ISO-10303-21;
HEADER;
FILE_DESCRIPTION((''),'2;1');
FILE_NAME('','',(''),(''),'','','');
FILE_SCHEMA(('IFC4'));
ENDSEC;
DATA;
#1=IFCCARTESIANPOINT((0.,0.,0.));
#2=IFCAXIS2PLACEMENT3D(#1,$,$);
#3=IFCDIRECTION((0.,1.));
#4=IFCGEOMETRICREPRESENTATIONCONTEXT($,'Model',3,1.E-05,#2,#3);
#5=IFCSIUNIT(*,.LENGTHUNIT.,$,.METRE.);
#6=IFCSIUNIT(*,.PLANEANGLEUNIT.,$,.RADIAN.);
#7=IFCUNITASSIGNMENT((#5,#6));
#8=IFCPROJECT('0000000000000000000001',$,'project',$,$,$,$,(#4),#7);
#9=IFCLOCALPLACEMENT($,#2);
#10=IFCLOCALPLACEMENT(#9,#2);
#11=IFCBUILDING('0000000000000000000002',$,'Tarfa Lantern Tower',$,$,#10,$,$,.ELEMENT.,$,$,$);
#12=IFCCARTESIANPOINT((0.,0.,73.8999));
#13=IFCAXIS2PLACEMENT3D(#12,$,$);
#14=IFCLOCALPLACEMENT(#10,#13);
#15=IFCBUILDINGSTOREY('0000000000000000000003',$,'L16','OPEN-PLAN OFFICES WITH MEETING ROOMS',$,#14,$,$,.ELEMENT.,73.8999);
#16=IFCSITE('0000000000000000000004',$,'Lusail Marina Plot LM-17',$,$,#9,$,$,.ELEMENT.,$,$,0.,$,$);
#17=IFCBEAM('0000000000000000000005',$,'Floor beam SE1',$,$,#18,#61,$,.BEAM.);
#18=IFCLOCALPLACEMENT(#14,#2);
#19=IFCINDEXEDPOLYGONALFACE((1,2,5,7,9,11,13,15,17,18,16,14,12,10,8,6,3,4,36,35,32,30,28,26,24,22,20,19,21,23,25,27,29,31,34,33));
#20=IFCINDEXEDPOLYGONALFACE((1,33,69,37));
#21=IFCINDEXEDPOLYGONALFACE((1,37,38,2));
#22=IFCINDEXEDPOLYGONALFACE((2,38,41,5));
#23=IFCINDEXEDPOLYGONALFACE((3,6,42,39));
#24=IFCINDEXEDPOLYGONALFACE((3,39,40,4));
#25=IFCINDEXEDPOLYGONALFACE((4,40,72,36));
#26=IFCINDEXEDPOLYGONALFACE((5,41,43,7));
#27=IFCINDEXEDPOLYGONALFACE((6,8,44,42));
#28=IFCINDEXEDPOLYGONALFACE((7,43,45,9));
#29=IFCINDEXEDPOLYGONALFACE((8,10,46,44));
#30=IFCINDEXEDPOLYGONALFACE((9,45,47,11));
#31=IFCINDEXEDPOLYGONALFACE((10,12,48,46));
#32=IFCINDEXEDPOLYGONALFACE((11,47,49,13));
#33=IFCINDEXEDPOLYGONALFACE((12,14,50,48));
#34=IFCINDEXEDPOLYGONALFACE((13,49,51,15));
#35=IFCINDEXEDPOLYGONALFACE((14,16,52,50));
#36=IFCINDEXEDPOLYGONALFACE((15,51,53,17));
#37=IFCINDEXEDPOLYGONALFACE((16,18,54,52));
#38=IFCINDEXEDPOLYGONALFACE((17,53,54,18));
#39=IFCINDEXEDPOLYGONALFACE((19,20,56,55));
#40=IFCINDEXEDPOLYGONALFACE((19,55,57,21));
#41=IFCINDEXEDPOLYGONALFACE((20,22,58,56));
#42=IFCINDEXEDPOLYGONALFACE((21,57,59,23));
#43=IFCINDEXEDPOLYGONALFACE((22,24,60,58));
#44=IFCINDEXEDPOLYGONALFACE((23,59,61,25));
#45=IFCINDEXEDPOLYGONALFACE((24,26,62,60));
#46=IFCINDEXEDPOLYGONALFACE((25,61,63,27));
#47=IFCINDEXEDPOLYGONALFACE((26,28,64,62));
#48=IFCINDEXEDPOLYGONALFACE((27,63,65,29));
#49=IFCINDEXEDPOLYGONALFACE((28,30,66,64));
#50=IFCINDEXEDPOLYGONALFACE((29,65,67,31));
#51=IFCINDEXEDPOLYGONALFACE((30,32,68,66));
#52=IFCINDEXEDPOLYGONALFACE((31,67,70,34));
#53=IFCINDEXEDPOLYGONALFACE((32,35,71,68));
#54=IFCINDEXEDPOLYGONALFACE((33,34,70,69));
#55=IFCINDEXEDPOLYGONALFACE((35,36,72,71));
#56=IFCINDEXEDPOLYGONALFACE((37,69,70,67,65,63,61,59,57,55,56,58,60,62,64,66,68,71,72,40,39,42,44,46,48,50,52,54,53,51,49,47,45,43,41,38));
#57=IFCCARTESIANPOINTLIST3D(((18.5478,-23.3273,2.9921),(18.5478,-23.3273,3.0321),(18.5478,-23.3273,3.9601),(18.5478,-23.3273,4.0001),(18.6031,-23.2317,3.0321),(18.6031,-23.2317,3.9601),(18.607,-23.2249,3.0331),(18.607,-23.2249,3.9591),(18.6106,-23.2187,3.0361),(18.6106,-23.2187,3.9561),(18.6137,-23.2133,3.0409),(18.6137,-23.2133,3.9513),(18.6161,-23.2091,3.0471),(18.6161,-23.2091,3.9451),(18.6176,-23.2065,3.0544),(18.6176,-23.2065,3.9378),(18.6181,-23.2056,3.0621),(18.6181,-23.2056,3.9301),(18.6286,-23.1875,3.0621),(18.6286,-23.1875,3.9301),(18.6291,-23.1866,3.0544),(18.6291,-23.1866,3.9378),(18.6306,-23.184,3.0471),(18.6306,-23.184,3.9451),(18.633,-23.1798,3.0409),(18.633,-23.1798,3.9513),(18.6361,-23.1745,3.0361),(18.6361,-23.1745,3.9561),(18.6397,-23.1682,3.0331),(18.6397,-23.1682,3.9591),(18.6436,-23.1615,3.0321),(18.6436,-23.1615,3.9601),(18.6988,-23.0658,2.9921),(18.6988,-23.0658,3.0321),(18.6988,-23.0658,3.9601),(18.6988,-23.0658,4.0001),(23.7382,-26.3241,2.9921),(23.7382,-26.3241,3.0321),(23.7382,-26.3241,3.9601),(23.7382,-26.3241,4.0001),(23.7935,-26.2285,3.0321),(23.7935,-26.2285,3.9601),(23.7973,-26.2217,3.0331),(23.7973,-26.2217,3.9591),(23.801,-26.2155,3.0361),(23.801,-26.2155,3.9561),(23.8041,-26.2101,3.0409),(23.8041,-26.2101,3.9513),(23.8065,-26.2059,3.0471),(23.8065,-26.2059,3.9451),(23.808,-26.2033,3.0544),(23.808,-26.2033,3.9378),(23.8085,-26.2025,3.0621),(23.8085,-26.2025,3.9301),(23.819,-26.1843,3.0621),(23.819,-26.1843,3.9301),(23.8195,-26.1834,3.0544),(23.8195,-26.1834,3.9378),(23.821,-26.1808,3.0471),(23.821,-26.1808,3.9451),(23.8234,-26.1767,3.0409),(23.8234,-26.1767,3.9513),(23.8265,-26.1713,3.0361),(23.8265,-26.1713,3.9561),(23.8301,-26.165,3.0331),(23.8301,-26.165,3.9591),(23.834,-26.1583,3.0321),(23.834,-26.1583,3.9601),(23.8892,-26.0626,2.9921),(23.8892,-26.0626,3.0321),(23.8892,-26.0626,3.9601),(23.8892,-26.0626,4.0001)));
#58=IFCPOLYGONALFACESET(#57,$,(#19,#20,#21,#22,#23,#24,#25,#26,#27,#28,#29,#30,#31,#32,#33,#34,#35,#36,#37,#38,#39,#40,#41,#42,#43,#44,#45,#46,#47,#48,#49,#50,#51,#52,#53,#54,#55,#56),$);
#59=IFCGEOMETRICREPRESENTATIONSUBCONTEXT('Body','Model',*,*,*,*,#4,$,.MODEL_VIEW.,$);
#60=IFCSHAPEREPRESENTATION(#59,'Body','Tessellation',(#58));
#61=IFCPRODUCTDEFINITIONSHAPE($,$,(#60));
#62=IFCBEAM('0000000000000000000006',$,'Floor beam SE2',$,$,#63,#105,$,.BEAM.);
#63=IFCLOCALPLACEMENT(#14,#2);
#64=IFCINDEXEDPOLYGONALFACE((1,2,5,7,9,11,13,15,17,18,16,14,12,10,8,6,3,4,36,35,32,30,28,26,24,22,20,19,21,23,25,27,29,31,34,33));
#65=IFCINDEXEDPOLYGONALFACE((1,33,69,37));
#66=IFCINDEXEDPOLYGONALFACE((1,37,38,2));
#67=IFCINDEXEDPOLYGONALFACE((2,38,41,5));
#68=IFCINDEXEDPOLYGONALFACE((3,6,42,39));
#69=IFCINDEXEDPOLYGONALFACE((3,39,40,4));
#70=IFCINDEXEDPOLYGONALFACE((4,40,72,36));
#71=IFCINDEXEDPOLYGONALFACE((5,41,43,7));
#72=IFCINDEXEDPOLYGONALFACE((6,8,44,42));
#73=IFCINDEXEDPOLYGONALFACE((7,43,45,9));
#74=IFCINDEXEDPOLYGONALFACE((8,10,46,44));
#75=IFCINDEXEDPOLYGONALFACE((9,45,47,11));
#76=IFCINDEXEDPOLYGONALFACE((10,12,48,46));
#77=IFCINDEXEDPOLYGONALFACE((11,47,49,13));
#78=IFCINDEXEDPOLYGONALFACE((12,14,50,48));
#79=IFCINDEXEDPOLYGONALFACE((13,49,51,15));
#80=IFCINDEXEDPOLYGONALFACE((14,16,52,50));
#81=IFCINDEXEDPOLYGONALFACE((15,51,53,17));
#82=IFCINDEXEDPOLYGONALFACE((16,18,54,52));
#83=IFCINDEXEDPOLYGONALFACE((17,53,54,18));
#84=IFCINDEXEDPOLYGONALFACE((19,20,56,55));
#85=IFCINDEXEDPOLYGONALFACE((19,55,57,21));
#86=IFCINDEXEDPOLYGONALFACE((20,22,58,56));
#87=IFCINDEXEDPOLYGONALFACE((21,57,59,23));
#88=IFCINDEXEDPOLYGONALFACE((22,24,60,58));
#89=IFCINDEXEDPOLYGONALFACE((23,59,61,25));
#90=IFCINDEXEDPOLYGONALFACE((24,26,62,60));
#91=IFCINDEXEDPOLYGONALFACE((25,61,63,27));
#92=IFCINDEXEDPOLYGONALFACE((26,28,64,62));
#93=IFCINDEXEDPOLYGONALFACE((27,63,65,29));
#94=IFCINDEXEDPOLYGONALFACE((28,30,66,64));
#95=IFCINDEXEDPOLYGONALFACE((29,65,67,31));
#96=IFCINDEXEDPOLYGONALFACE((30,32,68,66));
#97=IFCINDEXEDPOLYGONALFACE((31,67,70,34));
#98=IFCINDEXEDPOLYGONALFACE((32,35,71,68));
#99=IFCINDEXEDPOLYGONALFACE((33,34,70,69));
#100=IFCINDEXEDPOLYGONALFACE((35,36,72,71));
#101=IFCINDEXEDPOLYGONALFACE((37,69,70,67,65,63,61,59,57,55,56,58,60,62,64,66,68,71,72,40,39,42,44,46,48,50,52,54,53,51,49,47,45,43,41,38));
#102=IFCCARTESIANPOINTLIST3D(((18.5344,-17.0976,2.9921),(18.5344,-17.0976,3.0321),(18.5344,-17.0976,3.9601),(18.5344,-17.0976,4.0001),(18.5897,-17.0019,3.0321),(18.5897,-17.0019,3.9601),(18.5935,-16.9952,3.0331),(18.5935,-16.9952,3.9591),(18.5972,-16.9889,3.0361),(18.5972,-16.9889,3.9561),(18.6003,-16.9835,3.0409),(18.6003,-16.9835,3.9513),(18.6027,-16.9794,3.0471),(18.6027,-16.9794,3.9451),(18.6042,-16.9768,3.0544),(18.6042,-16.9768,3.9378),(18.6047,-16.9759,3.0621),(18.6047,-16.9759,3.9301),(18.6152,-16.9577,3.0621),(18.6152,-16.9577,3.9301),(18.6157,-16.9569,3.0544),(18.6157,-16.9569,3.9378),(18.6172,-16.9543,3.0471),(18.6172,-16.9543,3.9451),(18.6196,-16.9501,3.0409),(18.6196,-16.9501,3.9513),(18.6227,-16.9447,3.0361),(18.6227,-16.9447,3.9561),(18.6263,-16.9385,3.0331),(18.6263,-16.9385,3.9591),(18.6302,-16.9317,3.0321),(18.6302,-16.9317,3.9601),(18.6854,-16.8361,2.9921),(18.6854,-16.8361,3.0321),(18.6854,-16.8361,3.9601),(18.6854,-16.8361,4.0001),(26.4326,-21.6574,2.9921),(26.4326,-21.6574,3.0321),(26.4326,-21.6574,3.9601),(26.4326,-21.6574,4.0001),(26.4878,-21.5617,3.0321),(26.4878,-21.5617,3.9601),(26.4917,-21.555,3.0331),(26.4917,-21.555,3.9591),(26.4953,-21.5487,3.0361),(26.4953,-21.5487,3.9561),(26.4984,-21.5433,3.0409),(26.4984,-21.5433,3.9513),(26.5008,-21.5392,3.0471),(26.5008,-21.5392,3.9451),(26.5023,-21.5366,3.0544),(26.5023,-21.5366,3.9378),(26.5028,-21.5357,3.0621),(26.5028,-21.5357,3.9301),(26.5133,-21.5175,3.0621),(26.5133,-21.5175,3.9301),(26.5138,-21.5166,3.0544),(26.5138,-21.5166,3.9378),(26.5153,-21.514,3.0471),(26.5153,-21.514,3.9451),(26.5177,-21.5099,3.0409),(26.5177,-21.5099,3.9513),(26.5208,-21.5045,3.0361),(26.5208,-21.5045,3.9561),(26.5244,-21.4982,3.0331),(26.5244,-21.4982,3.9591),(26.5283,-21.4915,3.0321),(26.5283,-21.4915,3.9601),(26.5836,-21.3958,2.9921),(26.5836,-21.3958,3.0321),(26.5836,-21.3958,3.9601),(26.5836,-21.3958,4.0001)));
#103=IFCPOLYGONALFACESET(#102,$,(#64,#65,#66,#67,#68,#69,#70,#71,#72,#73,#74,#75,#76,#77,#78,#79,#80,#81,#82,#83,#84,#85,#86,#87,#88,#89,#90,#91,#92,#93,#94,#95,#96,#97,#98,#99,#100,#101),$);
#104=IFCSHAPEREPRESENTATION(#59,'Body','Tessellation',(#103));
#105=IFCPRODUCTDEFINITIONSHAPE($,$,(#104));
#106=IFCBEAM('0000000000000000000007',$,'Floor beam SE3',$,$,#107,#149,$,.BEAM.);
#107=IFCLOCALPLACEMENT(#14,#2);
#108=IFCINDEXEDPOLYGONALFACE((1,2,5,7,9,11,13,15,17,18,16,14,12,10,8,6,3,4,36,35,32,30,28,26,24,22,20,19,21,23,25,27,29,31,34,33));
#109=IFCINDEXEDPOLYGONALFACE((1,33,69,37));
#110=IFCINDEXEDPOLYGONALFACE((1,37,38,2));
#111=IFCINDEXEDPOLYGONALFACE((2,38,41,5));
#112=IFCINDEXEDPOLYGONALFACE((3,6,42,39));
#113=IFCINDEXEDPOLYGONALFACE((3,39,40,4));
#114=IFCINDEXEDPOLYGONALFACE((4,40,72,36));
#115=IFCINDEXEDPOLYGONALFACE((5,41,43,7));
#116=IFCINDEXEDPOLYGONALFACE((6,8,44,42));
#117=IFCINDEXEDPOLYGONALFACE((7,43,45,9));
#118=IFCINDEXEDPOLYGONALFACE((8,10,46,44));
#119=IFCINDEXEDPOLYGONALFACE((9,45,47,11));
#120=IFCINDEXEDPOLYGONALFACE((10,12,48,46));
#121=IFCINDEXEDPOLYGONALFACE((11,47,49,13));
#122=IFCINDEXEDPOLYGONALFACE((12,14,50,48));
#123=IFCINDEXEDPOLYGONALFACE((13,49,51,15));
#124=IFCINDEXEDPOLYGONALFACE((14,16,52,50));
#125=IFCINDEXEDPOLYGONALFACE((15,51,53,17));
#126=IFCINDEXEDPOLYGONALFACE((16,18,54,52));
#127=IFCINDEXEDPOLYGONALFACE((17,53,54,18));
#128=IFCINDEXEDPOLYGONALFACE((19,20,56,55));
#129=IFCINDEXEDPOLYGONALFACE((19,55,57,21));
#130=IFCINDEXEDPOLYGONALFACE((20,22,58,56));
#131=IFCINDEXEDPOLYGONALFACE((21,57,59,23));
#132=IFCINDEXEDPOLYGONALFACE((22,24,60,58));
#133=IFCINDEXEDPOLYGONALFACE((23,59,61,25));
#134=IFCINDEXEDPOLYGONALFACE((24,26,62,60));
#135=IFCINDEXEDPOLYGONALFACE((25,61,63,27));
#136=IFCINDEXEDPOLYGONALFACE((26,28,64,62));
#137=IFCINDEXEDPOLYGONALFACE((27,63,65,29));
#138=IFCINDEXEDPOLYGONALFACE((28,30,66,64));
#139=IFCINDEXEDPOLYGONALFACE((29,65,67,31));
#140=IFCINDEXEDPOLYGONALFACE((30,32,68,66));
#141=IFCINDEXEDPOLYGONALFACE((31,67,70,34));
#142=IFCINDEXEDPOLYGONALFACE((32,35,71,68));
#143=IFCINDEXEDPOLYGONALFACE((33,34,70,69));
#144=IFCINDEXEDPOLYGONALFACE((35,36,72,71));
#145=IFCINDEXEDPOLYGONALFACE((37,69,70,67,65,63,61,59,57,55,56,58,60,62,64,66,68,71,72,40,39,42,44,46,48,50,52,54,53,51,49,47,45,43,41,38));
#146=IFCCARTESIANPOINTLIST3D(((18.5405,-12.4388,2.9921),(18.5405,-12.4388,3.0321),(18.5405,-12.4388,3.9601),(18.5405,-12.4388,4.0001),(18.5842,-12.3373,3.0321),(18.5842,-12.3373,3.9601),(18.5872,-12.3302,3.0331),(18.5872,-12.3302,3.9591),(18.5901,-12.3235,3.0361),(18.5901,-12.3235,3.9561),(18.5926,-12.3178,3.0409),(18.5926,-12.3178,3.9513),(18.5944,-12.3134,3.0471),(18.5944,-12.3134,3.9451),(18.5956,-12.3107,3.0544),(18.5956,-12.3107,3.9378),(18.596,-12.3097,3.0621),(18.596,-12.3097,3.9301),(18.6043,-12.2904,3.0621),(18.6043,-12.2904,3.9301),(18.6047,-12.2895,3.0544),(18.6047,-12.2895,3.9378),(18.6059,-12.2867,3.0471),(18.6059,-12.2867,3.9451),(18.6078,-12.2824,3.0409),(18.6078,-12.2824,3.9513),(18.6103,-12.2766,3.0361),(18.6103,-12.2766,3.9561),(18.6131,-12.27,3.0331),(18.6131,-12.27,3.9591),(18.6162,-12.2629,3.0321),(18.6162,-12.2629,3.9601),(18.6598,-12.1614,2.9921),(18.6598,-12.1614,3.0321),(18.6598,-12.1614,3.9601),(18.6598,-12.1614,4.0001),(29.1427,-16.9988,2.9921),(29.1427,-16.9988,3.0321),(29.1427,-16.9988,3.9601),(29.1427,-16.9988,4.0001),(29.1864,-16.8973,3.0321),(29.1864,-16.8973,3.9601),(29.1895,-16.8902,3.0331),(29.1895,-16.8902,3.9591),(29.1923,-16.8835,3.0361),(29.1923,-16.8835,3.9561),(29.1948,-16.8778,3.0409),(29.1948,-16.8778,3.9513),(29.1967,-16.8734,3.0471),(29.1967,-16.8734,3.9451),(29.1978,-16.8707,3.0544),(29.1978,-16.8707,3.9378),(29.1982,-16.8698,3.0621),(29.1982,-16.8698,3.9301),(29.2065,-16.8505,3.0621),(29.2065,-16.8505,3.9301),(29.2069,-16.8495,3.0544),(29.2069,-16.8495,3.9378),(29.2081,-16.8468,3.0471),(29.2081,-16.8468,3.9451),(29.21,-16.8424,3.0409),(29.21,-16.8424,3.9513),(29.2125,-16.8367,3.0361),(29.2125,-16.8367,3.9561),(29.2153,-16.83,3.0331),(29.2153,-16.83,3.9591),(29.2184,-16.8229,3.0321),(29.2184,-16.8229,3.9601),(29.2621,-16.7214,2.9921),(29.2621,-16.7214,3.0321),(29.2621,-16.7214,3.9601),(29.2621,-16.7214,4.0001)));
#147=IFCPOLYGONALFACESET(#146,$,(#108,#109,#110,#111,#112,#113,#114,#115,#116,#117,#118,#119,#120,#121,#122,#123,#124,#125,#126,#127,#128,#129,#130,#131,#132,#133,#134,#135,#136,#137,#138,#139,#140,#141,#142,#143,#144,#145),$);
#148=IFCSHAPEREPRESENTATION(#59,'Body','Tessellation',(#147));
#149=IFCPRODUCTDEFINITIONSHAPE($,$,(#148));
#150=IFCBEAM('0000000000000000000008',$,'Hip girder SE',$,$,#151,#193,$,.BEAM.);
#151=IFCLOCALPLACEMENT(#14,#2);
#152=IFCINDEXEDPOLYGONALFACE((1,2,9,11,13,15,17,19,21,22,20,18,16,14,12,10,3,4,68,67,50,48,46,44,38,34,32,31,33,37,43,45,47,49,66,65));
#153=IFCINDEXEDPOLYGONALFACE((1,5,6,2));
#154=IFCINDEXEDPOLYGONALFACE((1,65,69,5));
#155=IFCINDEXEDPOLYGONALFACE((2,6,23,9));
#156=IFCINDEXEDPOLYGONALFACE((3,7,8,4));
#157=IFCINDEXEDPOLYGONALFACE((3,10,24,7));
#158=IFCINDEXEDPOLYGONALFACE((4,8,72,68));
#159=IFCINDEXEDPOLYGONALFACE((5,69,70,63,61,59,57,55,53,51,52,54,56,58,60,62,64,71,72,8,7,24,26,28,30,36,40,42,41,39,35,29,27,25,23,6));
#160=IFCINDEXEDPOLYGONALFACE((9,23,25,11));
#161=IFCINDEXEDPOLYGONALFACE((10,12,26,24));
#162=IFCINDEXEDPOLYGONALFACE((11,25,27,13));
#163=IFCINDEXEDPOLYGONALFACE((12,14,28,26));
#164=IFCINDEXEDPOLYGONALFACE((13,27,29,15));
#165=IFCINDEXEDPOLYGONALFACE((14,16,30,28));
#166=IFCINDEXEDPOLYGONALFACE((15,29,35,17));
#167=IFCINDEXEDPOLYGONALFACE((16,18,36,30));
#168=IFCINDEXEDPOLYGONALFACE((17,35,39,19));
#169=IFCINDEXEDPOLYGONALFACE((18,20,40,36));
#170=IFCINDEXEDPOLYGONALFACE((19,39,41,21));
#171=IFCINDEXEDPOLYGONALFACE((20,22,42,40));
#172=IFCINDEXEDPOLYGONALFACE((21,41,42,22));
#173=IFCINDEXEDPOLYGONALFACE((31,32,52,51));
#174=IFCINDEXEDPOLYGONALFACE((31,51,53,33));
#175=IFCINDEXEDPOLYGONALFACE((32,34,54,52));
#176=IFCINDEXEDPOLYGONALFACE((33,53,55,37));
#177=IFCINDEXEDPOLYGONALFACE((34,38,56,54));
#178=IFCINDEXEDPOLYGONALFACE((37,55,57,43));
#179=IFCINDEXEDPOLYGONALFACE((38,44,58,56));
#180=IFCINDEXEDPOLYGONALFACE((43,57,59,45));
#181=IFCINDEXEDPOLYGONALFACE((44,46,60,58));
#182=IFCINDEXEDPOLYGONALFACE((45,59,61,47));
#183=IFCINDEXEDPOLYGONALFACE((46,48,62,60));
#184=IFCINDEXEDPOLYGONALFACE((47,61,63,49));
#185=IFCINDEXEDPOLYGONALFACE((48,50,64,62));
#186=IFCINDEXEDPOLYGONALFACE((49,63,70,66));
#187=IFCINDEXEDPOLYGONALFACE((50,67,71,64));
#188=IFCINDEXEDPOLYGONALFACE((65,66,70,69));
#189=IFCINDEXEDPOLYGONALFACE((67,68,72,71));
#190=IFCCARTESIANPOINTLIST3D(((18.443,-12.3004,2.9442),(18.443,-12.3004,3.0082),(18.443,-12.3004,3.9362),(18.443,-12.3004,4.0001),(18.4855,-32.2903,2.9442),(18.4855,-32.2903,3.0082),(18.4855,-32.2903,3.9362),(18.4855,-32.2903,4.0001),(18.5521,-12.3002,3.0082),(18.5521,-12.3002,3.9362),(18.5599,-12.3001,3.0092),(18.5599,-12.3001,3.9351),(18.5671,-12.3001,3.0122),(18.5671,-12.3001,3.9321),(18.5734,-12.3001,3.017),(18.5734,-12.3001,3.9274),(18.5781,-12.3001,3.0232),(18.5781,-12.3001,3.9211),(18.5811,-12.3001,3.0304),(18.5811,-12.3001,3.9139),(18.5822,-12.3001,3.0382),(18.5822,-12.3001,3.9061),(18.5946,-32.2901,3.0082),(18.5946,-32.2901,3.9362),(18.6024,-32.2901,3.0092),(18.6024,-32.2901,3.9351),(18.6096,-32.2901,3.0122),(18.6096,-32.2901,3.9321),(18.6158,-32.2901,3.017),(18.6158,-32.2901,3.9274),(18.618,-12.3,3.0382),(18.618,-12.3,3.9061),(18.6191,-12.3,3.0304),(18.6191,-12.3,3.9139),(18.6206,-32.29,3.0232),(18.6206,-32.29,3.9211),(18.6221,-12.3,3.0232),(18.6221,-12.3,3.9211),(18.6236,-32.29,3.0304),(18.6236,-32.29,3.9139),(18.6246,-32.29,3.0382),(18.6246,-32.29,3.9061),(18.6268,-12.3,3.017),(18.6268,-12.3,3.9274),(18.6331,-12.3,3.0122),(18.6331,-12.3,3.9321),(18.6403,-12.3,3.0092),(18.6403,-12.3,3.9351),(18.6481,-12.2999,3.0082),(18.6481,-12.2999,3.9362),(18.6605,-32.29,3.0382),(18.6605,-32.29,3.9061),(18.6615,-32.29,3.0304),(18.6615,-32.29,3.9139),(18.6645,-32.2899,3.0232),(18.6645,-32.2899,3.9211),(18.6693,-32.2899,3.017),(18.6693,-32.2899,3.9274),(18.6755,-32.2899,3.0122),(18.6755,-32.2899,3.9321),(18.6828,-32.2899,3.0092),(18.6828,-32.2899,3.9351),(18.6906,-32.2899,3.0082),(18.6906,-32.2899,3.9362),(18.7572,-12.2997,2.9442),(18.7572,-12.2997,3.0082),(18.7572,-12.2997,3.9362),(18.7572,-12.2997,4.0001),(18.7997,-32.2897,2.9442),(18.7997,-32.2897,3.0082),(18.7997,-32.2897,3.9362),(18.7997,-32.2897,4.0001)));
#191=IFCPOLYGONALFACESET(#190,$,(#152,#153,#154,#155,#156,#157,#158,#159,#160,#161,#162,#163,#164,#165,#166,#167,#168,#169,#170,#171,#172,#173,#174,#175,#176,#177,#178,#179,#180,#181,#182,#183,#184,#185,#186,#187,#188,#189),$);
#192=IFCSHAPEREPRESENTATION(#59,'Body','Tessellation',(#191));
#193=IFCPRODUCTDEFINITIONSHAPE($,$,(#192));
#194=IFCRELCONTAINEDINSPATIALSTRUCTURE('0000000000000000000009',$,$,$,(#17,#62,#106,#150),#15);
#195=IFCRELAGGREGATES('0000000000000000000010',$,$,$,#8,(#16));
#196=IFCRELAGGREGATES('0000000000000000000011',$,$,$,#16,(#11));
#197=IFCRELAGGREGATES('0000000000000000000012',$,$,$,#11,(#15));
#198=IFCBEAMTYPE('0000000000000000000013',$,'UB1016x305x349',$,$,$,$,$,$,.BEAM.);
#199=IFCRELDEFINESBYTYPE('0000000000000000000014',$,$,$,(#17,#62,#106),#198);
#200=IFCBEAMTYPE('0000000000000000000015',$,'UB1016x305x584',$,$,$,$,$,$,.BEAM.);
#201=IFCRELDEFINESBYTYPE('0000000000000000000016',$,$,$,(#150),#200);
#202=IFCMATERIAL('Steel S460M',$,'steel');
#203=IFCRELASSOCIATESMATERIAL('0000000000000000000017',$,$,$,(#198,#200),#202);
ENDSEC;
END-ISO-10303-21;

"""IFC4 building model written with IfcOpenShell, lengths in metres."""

from ifc_helpers import new_model, si_unit, direction, frame, origin, origin_2d, place, context, subcontext, project, spatial, i_section, extrude, material, material_profile, profile_set, type_object, element, save


model = new_model("IFC4")

# Units and contexts
model_context = context("Model", 3, precision=1e-05, world=origin(), true_north=direction((0.0, 1.0)))
body_context = subcontext(model_context, "Body", "Model", "MODEL_VIEW")
ifc_project = project(units=[si_unit("LENGTHUNIT", "METRE"), si_unit("PLANEANGLEUNIT", "RADIAN")], contexts=[model_context])

# Site, building, storey
site_placement = place(None, origin())
site = spatial("IfcSite", under=ifc_project, at=site_placement, Name="Lusail Marina Plot LM-17", CompositionType="ELEMENT", RefElevation=0.0)
building_placement = place(site_placement, origin())
building = spatial("IfcBuilding", under=site, at=building_placement, Name="Tarfa Lantern Tower", CompositionType="ELEMENT")
storey_placement = place(building_placement, frame((0.0, 0.0, 73.8999)))
storey = spatial("IfcBuildingStorey", under=building, at=storey_placement, Name="L16", Description="OPEN-PLAN OFFICES WITH MEETING ROOMS", CompositionType="ELEMENT", Elevation=73.8999)

# Beams
ifc_material_1 = material(Name="Steel S460M", Category="steel")
ifc_material_profile_1 = material_profile(ifc_material_1, i_section(OverallWidth=0.302, OverallDepth=1.0081, WebThickness=0.021, FlangeThickness=0.04, FilletRadius=0.03, at=origin_2d()), Name="UB1016x305x349")
ifc_profile_set_1 = profile_set([ifc_material_profile_1], Name="Steel S460M")
beam_type_1 = type_object("IfcBeamType", Name="UB1016x305x349", PredefinedType="BEAM", material=ifc_profile_set_1)
beam_1_placement = place(storey_placement, frame((23.8137, -26.1934, 3.4961), z_axis=(-0.866016, 0.500016, 0.0), x_axis=(-0.500016, -0.866016, 0.0)))
element("IfcBeam", 1, at=beam_1_placement, inside=storey, type_object=beam_type_1, Name="Floor beam SE1", PredefinedType="BEAM", context=body_context, shape_type="SweptSolid", body=[
    extrude(i_section(OverallWidth=0.302, OverallDepth=1.0081, WebThickness=0.021, FlangeThickness=0.04, FilletRadius=0.03, at=origin_2d()), origin(), (0.0, 0.0, 1.0), 5.9934),
])
beam_2_placement = place(storey_placement, frame((26.5081, -21.5266, 3.4961), z_axis=(-0.866035, 0.499983, 0.0), x_axis=(-0.499983, -0.866035, 0.0)))
element("IfcBeam", 2, at=beam_2_placement, inside=storey, type_object=beam_type_1, Name="Floor beam SE2", PredefinedType="BEAM", context=body_context, shape_type="SweptSolid", body=[
    extrude(i_section(OverallWidth=0.302, OverallDepth=1.0081, WebThickness=0.021, FlangeThickness=0.04, FilletRadius=0.03, at=origin_2d()), origin(), (0.0, 0.0, 1.0), 9.1199),
])
beam_3_placement = place(storey_placement, frame((29.2024, -16.8601, 3.4961), z_axis=(-0.918635, 0.395106, 0.0), x_axis=(-0.395106, -0.918635, 0.0)))
element("IfcBeam", 3, at=beam_3_placement, inside=storey, type_object=beam_type_1, Name="Floor beam SE3", PredefinedType="BEAM", context=body_context, shape_type="SweptSolid", body=[
    extrude(i_section(OverallWidth=0.302, OverallDepth=1.0081, WebThickness=0.021, FlangeThickness=0.04, FilletRadius=0.03, at=origin_2d()), origin(), (0.0, 0.0, 1.0), 11.5413),
])
ifc_material_profile_2 = material_profile(ifc_material_1, i_section(OverallWidth=0.3142, OverallDepth=1.0559, WebThickness=0.0359, FlangeThickness=0.064, FilletRadius=0.03, at=origin_2d()), Name="UB1016x305x584")
ifc_profile_set_2 = profile_set([ifc_material_profile_2], Name="Steel S460M")
beam_type_2 = type_object("IfcBeamType", Name="UB1016x305x584", PredefinedType="BEAM", material=ifc_profile_set_2)
beam_4_placement = place(storey_placement, frame((18.6001, -12.3, 3.4722), z_axis=(0.002125, -0.999998, 0.0), x_axis=(0.999998, 0.002125, 0.0)))
element("IfcBeam", 4, at=beam_4_placement, inside=storey, type_object=beam_type_2, Name="Hip girder SE", PredefinedType="BEAM", context=body_context, shape_type="SweptSolid", body=[
    extrude(i_section(OverallWidth=0.3142, OverallDepth=1.0559, WebThickness=0.0359, FlangeThickness=0.064, FilletRadius=0.03, at=origin_2d()), origin(), (0.0, 0.0, 1.0), 19.99),
])

save(model, "model.ifc")
